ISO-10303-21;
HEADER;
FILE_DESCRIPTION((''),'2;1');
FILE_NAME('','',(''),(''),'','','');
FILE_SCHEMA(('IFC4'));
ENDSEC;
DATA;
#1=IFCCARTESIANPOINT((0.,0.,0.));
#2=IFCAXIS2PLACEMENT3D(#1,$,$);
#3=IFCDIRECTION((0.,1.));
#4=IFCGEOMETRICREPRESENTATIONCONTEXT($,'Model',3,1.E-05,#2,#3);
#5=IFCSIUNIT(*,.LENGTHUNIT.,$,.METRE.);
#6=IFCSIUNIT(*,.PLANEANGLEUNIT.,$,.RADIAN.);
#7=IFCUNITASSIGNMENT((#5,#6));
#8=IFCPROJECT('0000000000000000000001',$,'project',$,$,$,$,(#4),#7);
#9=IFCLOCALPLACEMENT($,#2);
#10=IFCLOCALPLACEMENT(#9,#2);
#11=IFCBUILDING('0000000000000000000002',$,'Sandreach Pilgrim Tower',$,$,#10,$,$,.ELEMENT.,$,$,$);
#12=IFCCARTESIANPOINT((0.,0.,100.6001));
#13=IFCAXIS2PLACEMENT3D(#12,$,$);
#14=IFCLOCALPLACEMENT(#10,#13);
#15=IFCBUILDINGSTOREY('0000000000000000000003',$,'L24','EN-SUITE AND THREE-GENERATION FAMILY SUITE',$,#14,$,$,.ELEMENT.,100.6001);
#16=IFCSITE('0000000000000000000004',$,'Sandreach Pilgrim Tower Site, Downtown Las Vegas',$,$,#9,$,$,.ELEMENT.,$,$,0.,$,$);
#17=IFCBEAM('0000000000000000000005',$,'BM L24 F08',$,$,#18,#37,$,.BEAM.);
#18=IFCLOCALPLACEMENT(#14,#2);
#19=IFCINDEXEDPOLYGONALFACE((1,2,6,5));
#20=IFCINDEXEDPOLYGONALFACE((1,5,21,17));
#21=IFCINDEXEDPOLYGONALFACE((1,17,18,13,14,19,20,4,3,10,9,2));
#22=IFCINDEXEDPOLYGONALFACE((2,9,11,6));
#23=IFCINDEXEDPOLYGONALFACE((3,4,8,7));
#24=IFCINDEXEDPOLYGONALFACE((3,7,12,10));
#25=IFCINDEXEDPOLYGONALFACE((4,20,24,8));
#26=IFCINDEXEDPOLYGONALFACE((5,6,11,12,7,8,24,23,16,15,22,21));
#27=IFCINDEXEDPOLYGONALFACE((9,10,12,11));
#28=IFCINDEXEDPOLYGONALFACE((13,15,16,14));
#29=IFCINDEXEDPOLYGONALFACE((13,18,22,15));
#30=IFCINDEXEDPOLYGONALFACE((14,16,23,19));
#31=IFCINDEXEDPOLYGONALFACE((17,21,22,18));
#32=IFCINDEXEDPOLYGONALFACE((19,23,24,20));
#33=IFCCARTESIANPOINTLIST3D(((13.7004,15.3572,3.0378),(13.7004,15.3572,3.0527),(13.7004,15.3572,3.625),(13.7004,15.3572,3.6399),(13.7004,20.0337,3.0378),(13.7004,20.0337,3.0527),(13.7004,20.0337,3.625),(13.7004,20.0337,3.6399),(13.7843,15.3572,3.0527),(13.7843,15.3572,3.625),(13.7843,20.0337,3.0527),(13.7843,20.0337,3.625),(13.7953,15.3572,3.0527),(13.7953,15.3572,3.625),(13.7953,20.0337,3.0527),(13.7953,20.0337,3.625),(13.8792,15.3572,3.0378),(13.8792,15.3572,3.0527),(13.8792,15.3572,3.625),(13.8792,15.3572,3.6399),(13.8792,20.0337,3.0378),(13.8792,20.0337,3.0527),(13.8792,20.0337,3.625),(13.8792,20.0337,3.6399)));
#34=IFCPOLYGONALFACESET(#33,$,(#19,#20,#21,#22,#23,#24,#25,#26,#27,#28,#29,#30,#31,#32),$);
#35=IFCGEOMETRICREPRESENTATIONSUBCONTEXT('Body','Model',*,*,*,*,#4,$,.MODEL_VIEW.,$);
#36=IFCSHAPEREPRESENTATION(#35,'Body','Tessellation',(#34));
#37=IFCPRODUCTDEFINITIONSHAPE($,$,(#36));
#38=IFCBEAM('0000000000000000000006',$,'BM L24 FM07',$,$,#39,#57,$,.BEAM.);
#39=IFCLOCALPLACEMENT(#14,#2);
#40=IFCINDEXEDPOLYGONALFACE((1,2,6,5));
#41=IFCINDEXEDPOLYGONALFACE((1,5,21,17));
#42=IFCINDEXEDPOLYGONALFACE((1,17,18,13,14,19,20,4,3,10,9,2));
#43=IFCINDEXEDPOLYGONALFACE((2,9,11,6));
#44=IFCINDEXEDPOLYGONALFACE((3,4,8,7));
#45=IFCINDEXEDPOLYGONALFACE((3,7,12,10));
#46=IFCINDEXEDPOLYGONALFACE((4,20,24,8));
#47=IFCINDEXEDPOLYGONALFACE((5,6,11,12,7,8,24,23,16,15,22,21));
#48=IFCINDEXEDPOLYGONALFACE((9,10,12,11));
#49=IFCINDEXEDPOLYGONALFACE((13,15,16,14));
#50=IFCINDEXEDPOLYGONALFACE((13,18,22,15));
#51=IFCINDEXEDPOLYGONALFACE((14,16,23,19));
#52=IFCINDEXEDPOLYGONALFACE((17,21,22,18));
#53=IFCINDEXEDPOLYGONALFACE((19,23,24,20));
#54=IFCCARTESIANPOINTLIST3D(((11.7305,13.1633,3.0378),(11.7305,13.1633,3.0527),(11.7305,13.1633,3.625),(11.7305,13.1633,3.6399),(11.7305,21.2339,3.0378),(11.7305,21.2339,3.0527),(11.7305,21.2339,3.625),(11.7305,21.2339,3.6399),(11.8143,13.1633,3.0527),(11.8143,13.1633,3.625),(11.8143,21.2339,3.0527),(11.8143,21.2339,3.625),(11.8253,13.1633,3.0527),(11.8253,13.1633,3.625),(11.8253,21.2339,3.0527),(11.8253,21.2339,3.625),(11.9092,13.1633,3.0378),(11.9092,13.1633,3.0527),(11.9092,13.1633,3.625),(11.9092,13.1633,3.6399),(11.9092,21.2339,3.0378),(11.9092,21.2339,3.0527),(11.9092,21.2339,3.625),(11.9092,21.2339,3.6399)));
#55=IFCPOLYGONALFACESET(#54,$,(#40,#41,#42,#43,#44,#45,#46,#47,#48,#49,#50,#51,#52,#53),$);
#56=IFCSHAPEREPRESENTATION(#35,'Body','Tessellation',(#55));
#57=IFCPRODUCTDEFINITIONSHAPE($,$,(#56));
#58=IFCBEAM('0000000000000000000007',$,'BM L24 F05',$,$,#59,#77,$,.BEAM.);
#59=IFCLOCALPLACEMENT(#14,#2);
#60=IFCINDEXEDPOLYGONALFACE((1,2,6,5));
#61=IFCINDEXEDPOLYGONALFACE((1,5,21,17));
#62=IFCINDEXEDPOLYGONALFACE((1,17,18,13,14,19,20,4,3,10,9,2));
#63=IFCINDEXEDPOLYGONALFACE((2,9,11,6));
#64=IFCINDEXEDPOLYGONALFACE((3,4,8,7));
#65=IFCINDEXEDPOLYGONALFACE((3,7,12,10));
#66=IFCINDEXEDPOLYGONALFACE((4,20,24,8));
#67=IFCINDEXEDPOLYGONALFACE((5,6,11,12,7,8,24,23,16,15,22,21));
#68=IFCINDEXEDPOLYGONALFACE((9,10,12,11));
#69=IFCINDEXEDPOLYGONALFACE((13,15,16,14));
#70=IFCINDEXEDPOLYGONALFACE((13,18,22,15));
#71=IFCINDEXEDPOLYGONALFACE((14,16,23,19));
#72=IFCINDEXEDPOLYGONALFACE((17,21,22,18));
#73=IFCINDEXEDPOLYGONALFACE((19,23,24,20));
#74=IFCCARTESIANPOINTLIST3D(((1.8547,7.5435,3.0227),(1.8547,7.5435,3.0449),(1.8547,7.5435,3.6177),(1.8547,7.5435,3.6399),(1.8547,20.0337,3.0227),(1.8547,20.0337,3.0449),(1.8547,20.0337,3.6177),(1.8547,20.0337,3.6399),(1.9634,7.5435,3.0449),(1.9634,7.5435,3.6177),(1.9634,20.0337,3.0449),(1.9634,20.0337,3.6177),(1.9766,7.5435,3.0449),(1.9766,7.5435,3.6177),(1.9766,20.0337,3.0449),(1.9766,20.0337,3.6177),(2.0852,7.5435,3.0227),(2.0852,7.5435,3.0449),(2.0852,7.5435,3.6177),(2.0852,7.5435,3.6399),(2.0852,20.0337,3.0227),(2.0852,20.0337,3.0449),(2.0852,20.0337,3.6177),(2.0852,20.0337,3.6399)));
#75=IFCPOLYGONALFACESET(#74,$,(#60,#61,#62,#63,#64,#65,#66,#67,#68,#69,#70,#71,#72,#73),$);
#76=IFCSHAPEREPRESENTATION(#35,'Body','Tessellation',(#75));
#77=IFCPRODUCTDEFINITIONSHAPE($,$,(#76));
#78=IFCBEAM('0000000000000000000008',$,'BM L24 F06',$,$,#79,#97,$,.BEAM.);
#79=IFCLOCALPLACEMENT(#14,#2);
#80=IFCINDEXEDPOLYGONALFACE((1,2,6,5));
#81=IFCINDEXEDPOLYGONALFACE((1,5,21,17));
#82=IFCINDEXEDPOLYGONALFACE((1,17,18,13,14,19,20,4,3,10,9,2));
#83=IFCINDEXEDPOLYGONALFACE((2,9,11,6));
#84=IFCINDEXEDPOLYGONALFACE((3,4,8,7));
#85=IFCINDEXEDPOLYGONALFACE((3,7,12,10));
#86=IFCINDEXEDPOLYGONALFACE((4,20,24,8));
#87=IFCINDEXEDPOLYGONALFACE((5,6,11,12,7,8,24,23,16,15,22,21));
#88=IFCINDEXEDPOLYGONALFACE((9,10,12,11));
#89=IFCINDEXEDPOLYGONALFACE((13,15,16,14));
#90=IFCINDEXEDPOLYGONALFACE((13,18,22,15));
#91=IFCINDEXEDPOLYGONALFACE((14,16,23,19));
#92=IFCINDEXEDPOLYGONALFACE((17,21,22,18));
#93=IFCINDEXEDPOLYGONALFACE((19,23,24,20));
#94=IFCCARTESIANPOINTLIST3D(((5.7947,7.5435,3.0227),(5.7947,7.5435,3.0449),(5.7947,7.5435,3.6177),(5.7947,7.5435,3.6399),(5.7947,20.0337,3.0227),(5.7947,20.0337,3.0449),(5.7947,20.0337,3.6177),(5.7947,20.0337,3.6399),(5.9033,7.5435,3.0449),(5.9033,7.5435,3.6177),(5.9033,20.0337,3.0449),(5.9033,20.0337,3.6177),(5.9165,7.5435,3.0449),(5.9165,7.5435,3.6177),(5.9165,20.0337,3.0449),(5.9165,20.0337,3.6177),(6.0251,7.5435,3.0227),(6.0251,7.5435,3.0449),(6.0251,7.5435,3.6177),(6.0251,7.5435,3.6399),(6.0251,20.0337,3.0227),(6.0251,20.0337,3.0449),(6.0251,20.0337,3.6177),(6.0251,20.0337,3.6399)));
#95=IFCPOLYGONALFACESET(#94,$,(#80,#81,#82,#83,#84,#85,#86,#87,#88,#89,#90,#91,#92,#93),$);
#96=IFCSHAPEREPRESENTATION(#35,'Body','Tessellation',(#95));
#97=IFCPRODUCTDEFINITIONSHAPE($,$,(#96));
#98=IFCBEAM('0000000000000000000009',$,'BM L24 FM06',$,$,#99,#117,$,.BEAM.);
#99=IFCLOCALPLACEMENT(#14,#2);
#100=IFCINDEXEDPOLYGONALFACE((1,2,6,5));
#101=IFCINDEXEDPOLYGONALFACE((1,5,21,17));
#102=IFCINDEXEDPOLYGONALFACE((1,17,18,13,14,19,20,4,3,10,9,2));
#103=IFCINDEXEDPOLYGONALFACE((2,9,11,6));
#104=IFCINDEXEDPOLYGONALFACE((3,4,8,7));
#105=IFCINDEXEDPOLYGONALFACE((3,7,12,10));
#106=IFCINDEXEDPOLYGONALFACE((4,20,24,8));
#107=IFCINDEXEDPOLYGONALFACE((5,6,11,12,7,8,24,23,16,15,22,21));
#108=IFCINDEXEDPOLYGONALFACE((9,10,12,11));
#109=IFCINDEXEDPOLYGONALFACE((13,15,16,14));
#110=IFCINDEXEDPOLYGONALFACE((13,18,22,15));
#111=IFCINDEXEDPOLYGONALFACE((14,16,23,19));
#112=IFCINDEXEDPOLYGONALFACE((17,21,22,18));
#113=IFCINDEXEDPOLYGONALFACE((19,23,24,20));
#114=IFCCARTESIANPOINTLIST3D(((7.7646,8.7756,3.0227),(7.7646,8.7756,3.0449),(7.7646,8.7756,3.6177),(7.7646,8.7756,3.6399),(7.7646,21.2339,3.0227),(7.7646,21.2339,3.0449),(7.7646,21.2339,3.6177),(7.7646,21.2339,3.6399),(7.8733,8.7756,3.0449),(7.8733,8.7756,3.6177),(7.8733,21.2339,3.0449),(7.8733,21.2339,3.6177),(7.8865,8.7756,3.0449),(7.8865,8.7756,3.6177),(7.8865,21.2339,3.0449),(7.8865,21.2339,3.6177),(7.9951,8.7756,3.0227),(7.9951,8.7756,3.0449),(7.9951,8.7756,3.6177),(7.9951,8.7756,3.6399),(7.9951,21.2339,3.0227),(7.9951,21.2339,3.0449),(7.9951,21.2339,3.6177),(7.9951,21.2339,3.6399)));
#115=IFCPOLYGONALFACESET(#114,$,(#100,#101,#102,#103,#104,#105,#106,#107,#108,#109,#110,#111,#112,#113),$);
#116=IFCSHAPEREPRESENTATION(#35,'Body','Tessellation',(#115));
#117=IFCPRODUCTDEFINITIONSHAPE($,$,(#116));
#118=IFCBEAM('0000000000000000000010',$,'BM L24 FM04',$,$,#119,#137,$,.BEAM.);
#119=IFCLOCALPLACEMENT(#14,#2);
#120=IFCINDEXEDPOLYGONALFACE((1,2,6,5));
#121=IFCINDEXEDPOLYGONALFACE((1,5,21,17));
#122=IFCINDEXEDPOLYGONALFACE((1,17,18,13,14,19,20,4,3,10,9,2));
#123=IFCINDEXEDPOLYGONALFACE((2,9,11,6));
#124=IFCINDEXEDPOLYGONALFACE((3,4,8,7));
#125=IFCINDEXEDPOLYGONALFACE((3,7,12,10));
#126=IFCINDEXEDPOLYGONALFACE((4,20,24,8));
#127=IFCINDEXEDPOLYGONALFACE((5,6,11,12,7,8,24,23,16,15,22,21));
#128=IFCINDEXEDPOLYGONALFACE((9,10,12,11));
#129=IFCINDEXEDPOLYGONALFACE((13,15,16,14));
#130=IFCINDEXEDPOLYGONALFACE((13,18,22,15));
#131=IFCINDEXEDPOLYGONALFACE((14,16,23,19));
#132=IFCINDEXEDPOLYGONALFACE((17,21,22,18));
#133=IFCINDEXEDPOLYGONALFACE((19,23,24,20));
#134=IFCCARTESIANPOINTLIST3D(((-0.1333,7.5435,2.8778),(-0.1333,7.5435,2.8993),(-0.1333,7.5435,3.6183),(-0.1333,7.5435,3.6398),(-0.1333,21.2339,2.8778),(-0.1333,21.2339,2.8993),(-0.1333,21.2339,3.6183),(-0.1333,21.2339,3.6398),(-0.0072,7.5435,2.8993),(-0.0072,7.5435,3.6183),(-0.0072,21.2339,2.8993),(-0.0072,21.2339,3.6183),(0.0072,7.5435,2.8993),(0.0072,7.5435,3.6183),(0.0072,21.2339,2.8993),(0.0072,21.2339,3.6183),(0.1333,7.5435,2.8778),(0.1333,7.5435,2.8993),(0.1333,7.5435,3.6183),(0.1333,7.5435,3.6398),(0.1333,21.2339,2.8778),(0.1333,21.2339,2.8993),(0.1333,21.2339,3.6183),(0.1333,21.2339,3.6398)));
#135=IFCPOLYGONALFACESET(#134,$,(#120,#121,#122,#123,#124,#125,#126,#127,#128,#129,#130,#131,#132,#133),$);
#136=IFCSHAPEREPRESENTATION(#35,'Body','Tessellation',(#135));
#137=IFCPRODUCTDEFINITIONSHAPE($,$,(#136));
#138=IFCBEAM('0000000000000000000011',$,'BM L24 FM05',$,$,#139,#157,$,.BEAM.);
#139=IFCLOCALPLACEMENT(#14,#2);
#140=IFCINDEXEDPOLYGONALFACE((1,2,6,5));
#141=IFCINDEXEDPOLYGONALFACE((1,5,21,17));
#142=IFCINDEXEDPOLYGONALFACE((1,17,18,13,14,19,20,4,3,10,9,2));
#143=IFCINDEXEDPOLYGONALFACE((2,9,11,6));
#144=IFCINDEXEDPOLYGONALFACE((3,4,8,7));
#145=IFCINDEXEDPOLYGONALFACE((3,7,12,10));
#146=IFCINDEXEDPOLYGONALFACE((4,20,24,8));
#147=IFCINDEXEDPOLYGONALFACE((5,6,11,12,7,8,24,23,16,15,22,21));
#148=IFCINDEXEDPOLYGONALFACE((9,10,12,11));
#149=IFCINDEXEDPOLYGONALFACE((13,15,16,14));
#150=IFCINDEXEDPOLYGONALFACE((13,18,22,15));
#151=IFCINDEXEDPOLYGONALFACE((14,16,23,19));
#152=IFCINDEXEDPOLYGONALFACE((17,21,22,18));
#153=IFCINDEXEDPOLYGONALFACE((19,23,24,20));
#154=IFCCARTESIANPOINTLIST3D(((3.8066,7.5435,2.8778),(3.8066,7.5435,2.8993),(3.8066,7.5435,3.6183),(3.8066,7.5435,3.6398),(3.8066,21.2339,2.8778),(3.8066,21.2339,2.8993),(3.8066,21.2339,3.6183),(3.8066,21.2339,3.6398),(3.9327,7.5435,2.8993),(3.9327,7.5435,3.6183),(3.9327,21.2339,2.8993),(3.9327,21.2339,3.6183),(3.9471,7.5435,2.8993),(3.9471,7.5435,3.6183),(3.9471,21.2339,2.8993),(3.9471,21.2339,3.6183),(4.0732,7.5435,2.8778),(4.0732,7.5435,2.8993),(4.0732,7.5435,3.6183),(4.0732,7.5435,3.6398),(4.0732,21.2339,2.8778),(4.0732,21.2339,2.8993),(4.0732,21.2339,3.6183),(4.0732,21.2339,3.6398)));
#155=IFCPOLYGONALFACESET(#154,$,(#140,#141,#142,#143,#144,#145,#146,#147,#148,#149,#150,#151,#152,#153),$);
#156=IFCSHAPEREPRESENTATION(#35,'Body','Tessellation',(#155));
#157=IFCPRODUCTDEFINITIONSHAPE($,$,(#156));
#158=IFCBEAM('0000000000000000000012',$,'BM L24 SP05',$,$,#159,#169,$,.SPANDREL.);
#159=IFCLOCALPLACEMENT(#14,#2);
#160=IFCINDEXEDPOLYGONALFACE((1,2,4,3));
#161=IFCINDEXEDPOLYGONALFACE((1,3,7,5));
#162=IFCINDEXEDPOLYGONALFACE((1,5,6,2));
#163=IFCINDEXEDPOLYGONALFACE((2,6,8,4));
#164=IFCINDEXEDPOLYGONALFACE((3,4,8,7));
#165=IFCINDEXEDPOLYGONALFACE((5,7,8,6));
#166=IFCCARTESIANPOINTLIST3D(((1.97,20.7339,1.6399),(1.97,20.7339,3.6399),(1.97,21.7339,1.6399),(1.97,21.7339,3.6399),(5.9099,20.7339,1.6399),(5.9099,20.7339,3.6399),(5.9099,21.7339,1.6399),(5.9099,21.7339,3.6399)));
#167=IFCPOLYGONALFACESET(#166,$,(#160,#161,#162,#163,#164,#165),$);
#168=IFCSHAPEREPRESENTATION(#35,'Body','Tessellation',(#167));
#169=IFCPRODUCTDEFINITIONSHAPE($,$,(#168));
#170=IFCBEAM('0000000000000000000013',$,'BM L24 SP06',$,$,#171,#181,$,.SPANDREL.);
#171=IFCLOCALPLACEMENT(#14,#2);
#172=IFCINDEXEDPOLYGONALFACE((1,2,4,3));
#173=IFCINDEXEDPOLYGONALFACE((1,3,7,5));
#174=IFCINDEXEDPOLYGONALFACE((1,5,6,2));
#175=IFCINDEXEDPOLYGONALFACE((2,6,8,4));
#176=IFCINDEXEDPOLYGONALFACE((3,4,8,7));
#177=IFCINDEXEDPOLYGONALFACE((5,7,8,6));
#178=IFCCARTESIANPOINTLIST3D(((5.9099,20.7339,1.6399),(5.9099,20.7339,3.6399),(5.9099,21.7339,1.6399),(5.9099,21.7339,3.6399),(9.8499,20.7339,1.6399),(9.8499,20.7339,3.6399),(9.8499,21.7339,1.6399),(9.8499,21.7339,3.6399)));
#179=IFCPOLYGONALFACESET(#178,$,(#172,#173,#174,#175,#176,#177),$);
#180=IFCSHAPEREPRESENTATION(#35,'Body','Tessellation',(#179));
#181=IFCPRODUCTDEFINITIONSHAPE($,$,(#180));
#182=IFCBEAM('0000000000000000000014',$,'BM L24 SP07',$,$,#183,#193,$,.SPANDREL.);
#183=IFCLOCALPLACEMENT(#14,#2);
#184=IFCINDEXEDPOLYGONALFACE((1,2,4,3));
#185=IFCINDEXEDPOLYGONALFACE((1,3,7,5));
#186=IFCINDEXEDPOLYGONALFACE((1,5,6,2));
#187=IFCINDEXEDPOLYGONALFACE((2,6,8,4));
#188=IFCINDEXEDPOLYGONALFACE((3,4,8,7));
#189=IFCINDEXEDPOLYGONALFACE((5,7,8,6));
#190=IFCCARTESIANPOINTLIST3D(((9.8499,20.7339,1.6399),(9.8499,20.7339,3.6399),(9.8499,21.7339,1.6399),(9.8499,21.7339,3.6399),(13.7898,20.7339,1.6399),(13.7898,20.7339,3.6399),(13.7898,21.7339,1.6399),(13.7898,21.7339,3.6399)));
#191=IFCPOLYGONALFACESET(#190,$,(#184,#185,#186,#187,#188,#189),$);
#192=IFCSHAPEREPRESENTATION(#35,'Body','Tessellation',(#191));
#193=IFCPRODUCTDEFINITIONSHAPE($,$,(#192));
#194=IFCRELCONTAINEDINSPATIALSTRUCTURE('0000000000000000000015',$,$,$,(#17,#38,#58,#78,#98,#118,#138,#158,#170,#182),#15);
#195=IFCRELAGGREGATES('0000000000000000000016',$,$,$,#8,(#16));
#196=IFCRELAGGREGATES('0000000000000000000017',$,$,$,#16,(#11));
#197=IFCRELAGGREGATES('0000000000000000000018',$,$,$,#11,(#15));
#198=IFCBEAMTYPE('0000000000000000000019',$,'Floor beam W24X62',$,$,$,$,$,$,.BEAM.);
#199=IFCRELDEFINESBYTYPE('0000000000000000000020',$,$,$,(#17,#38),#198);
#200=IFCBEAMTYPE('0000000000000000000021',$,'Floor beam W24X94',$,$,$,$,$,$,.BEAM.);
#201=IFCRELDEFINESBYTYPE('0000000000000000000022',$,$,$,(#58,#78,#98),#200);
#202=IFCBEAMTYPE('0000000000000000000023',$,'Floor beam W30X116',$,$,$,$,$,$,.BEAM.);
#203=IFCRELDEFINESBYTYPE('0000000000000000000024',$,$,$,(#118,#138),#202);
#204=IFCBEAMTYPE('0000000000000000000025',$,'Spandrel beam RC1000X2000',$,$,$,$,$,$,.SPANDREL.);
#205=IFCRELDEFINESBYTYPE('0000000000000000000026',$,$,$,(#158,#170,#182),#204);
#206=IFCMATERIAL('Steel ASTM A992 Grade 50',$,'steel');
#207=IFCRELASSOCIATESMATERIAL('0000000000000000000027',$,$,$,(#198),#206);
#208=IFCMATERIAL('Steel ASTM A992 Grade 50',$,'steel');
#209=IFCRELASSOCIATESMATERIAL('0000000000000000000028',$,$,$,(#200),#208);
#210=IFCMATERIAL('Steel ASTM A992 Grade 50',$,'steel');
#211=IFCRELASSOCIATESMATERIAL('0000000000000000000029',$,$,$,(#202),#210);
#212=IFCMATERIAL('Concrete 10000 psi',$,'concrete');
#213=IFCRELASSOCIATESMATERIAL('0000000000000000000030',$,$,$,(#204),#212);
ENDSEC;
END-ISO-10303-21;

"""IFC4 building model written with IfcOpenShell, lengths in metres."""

from ifc_helpers import new_model, si_unit, direction, frame, origin, origin_2d, place, context, subcontext, project, spatial, rectangle, i_section, extrude, material, material_profile, profile_set, type_object, element, save


model = new_model("IFC4")

# Units and contexts
model_context = context("Model", 3, precision=1e-05, world=origin(), true_north=direction((0.0, 1.0)))
body_context = subcontext(model_context, "Body", "Model", "MODEL_VIEW")
ifc_project = project(units=[si_unit("LENGTHUNIT", "METRE"), si_unit("PLANEANGLEUNIT", "RADIAN")], contexts=[model_context])

# Site, building, storey
site_placement = place(None, origin())
site = spatial("IfcSite", under=ifc_project, at=site_placement, Name="Sandreach Pilgrim Tower Site, Downtown Las Vegas", CompositionType="ELEMENT", RefElevation=0.0)
building_placement = place(site_placement, origin())
building = spatial("IfcBuilding", under=site, at=building_placement, Name="Sandreach Pilgrim Tower", CompositionType="ELEMENT")
storey_placement = place(building_placement, frame((0.0, 0.0, 100.6001)))
storey = spatial("IfcBuildingStorey", under=building, at=storey_placement, Name="L24", Description="EN-SUITE AND THREE-GENERATION FAMILY SUITE", CompositionType="ELEMENT", Elevation=100.6001)

# Beams
ifc_material_1 = material(Name="Steel ASTM A992 Grade 50", Category="steel")
ifc_material_profile_1 = material_profile(ifc_material_1, i_section(OverallWidth=0.1787, OverallDepth=0.6021, WebThickness=0.011, FlangeThickness=0.0149, at=origin_2d()), Name="W24X62")
ifc_profile_set_1 = profile_set([ifc_material_profile_1], Name="Steel ASTM A992 Grade 50")
beam_type_1 = type_object("IfcBeamType", Name="Floor beam W24X62", PredefinedType="BEAM", material=ifc_profile_set_1)
beam_1_placement = place(storey_placement, frame((13.7898, 20.0337, 3.3389), z_axis=(0.0, -1.0, 0.0), x_axis=(1.0, 0.0, 0.0)))
element("IfcBeam", 1, at=beam_1_placement, inside=storey, type_object=beam_type_1, Name="BM L24 F08", PredefinedType="BEAM", context=body_context, shape_type="SweptSolid", body=[
    extrude(i_section(OverallWidth=0.1787, OverallDepth=0.6021, WebThickness=0.011, FlangeThickness=0.0149, at=origin_2d()), origin(), (0.0, 0.0, 1.0), 4.6765),
])
beam_2_placement = place(storey_placement, frame((11.8198, 21.2339, 3.3389), z_axis=(0.0, -1.0, 0.0), x_axis=(1.0, 0.0, 0.0)))
element("IfcBeam", 2, at=beam_2_placement, inside=storey, type_object=beam_type_1, Name="BM L24 FM07", PredefinedType="BEAM", context=body_context, shape_type="SweptSolid", body=[
    extrude(i_section(OverallWidth=0.1787, OverallDepth=0.6021, WebThickness=0.011, FlangeThickness=0.0149, at=origin_2d()), origin(), (0.0, 0.0, 1.0), 8.0706),
])
ifc_material_2 = material(Name="Steel ASTM A992 Grade 50", Category="steel")
ifc_material_profile_2 = material_profile(ifc_material_2, i_section(OverallWidth=0.2305, OverallDepth=0.6172, WebThickness=0.0132, FlangeThickness=0.0222, at=origin_2d()), Name="W24X94")
ifc_profile_set_2 = profile_set([ifc_material_profile_2], Name="Steel ASTM A992 Grade 50")
beam_type_2 = type_object("IfcBeamType", Name="Floor beam W24X94", PredefinedType="BEAM", material=ifc_profile_set_2)
for number, where, z_axis, x_axis, name in (
    (3, (1.97, 20.0337, 3.3313), (0.0, -1.0, 0.0), (1.0, 0.0, 0.0), "BM L24 F05"),
    (4, (5.9099, 20.0337, 3.3313), (0.0, -1.0, 0.0), (1.0, 0.0, 0.0), "BM L24 F06"),
):
    element("IfcBeam", number, at=place(storey_placement, frame(where, z_axis=z_axis, x_axis=x_axis)), inside=storey, type_object=beam_type_2, Name=name, PredefinedType="BEAM", context=body_context, shape_type="SweptSolid", body=[
        extrude(i_section(OverallWidth=0.2305, OverallDepth=0.6172, WebThickness=0.0132, FlangeThickness=0.0222, at=origin_2d()), origin(), (0.0, 0.0, 1.0), 12.4902),
    ])
beam_3_placement = place(storey_placement, frame((7.8799, 21.2339, 3.3313), z_axis=(0.0, -1.0, 0.0), x_axis=(1.0, 0.0, 0.0)))
element("IfcBeam", 5, at=beam_3_placement, inside=storey, type_object=beam_type_2, Name="BM L24 FM06", PredefinedType="BEAM", context=body_context, shape_type="SweptSolid", body=[
    extrude(i_section(OverallWidth=0.2305, OverallDepth=0.6172, WebThickness=0.0132, FlangeThickness=0.0222, at=origin_2d()), origin(), (0.0, 0.0, 1.0), 12.4583),
])
ifc_material_3 = material(Name="Steel ASTM A992 Grade 50", Category="steel")
ifc_material_profile_3 = material_profile(ifc_material_3, i_section(OverallWidth=0.2666, OverallDepth=0.762, WebThickness=0.0144, FlangeThickness=0.0215, at=origin_2d()), Name="W30X116")
ifc_profile_set_3 = profile_set([ifc_material_profile_3], Name="Steel ASTM A992 Grade 50")
beam_type_3 = type_object("IfcBeamType", Name="Floor beam W30X116", PredefinedType="BEAM", material=ifc_profile_set_3)
for number, where, z_axis, x_axis, name in (
    (6, (0.0, 21.2339, 3.2588), (0.0, -1.0, 0.0), (1.0, 0.0, 0.0), "BM L24 FM04"),
    (7, (3.9399, 21.2339, 3.2588), (0.0, -1.0, 0.0), (1.0, 0.0, 0.0), "BM L24 FM05"),
):
    element("IfcBeam", number, at=place(storey_placement, frame(where, z_axis=z_axis, x_axis=x_axis)), inside=storey, type_object=beam_type_3, Name=name, PredefinedType="BEAM", context=body_context, shape_type="SweptSolid", body=[
        extrude(i_section(OverallWidth=0.2666, OverallDepth=0.762, WebThickness=0.0144, FlangeThickness=0.0215, at=origin_2d()), origin(), (0.0, 0.0, 1.0), 13.6904),
    ])
ifc_material_4 = material(Name="Concrete 10000 psi", Category="concrete")
ifc_material_profile_4 = material_profile(ifc_material_4, rectangle(XDim=1.0, YDim=2.0, at=origin_2d()), Name="RC1000X2000")
ifc_profile_set_4 = profile_set([ifc_material_profile_4], Name="Concrete 10000 psi")
beam_type_4 = type_object("IfcBeamType", Name="Spandrel beam RC1000X2000", PredefinedType="SPANDREL", material=ifc_profile_set_4)
for number, where, z_axis, x_axis, name in (
    (8, (1.97, 21.2339, 2.6399), (1.0, 0.0, 0.0), (0.0, 1.0, 0.0), "BM L24 SP05"),
    (9, (5.9099, 21.2339, 2.6399), (1.0, 0.0, 0.0), (0.0, 1.0, 0.0), "BM L24 SP06"),
    (10, (9.8499, 21.2339, 2.6399), (1.0, 0.0, 0.0), (0.0, 1.0, 0.0), "BM L24 SP07"),
):
    element("IfcBeam", number, at=place(storey_placement, frame(where, z_axis=z_axis, x_axis=x_axis)), inside=storey, type_object=beam_type_4, Name=name, PredefinedType="SPANDREL", context=body_context, shape_type="SweptSolid", body=[
        extrude(rectangle(XDim=1.0, YDim=2.0, at=origin_2d()), origin(), (0.0, 0.0, 1.0), 3.9399),
    ])

save(model, "model.ifc")
